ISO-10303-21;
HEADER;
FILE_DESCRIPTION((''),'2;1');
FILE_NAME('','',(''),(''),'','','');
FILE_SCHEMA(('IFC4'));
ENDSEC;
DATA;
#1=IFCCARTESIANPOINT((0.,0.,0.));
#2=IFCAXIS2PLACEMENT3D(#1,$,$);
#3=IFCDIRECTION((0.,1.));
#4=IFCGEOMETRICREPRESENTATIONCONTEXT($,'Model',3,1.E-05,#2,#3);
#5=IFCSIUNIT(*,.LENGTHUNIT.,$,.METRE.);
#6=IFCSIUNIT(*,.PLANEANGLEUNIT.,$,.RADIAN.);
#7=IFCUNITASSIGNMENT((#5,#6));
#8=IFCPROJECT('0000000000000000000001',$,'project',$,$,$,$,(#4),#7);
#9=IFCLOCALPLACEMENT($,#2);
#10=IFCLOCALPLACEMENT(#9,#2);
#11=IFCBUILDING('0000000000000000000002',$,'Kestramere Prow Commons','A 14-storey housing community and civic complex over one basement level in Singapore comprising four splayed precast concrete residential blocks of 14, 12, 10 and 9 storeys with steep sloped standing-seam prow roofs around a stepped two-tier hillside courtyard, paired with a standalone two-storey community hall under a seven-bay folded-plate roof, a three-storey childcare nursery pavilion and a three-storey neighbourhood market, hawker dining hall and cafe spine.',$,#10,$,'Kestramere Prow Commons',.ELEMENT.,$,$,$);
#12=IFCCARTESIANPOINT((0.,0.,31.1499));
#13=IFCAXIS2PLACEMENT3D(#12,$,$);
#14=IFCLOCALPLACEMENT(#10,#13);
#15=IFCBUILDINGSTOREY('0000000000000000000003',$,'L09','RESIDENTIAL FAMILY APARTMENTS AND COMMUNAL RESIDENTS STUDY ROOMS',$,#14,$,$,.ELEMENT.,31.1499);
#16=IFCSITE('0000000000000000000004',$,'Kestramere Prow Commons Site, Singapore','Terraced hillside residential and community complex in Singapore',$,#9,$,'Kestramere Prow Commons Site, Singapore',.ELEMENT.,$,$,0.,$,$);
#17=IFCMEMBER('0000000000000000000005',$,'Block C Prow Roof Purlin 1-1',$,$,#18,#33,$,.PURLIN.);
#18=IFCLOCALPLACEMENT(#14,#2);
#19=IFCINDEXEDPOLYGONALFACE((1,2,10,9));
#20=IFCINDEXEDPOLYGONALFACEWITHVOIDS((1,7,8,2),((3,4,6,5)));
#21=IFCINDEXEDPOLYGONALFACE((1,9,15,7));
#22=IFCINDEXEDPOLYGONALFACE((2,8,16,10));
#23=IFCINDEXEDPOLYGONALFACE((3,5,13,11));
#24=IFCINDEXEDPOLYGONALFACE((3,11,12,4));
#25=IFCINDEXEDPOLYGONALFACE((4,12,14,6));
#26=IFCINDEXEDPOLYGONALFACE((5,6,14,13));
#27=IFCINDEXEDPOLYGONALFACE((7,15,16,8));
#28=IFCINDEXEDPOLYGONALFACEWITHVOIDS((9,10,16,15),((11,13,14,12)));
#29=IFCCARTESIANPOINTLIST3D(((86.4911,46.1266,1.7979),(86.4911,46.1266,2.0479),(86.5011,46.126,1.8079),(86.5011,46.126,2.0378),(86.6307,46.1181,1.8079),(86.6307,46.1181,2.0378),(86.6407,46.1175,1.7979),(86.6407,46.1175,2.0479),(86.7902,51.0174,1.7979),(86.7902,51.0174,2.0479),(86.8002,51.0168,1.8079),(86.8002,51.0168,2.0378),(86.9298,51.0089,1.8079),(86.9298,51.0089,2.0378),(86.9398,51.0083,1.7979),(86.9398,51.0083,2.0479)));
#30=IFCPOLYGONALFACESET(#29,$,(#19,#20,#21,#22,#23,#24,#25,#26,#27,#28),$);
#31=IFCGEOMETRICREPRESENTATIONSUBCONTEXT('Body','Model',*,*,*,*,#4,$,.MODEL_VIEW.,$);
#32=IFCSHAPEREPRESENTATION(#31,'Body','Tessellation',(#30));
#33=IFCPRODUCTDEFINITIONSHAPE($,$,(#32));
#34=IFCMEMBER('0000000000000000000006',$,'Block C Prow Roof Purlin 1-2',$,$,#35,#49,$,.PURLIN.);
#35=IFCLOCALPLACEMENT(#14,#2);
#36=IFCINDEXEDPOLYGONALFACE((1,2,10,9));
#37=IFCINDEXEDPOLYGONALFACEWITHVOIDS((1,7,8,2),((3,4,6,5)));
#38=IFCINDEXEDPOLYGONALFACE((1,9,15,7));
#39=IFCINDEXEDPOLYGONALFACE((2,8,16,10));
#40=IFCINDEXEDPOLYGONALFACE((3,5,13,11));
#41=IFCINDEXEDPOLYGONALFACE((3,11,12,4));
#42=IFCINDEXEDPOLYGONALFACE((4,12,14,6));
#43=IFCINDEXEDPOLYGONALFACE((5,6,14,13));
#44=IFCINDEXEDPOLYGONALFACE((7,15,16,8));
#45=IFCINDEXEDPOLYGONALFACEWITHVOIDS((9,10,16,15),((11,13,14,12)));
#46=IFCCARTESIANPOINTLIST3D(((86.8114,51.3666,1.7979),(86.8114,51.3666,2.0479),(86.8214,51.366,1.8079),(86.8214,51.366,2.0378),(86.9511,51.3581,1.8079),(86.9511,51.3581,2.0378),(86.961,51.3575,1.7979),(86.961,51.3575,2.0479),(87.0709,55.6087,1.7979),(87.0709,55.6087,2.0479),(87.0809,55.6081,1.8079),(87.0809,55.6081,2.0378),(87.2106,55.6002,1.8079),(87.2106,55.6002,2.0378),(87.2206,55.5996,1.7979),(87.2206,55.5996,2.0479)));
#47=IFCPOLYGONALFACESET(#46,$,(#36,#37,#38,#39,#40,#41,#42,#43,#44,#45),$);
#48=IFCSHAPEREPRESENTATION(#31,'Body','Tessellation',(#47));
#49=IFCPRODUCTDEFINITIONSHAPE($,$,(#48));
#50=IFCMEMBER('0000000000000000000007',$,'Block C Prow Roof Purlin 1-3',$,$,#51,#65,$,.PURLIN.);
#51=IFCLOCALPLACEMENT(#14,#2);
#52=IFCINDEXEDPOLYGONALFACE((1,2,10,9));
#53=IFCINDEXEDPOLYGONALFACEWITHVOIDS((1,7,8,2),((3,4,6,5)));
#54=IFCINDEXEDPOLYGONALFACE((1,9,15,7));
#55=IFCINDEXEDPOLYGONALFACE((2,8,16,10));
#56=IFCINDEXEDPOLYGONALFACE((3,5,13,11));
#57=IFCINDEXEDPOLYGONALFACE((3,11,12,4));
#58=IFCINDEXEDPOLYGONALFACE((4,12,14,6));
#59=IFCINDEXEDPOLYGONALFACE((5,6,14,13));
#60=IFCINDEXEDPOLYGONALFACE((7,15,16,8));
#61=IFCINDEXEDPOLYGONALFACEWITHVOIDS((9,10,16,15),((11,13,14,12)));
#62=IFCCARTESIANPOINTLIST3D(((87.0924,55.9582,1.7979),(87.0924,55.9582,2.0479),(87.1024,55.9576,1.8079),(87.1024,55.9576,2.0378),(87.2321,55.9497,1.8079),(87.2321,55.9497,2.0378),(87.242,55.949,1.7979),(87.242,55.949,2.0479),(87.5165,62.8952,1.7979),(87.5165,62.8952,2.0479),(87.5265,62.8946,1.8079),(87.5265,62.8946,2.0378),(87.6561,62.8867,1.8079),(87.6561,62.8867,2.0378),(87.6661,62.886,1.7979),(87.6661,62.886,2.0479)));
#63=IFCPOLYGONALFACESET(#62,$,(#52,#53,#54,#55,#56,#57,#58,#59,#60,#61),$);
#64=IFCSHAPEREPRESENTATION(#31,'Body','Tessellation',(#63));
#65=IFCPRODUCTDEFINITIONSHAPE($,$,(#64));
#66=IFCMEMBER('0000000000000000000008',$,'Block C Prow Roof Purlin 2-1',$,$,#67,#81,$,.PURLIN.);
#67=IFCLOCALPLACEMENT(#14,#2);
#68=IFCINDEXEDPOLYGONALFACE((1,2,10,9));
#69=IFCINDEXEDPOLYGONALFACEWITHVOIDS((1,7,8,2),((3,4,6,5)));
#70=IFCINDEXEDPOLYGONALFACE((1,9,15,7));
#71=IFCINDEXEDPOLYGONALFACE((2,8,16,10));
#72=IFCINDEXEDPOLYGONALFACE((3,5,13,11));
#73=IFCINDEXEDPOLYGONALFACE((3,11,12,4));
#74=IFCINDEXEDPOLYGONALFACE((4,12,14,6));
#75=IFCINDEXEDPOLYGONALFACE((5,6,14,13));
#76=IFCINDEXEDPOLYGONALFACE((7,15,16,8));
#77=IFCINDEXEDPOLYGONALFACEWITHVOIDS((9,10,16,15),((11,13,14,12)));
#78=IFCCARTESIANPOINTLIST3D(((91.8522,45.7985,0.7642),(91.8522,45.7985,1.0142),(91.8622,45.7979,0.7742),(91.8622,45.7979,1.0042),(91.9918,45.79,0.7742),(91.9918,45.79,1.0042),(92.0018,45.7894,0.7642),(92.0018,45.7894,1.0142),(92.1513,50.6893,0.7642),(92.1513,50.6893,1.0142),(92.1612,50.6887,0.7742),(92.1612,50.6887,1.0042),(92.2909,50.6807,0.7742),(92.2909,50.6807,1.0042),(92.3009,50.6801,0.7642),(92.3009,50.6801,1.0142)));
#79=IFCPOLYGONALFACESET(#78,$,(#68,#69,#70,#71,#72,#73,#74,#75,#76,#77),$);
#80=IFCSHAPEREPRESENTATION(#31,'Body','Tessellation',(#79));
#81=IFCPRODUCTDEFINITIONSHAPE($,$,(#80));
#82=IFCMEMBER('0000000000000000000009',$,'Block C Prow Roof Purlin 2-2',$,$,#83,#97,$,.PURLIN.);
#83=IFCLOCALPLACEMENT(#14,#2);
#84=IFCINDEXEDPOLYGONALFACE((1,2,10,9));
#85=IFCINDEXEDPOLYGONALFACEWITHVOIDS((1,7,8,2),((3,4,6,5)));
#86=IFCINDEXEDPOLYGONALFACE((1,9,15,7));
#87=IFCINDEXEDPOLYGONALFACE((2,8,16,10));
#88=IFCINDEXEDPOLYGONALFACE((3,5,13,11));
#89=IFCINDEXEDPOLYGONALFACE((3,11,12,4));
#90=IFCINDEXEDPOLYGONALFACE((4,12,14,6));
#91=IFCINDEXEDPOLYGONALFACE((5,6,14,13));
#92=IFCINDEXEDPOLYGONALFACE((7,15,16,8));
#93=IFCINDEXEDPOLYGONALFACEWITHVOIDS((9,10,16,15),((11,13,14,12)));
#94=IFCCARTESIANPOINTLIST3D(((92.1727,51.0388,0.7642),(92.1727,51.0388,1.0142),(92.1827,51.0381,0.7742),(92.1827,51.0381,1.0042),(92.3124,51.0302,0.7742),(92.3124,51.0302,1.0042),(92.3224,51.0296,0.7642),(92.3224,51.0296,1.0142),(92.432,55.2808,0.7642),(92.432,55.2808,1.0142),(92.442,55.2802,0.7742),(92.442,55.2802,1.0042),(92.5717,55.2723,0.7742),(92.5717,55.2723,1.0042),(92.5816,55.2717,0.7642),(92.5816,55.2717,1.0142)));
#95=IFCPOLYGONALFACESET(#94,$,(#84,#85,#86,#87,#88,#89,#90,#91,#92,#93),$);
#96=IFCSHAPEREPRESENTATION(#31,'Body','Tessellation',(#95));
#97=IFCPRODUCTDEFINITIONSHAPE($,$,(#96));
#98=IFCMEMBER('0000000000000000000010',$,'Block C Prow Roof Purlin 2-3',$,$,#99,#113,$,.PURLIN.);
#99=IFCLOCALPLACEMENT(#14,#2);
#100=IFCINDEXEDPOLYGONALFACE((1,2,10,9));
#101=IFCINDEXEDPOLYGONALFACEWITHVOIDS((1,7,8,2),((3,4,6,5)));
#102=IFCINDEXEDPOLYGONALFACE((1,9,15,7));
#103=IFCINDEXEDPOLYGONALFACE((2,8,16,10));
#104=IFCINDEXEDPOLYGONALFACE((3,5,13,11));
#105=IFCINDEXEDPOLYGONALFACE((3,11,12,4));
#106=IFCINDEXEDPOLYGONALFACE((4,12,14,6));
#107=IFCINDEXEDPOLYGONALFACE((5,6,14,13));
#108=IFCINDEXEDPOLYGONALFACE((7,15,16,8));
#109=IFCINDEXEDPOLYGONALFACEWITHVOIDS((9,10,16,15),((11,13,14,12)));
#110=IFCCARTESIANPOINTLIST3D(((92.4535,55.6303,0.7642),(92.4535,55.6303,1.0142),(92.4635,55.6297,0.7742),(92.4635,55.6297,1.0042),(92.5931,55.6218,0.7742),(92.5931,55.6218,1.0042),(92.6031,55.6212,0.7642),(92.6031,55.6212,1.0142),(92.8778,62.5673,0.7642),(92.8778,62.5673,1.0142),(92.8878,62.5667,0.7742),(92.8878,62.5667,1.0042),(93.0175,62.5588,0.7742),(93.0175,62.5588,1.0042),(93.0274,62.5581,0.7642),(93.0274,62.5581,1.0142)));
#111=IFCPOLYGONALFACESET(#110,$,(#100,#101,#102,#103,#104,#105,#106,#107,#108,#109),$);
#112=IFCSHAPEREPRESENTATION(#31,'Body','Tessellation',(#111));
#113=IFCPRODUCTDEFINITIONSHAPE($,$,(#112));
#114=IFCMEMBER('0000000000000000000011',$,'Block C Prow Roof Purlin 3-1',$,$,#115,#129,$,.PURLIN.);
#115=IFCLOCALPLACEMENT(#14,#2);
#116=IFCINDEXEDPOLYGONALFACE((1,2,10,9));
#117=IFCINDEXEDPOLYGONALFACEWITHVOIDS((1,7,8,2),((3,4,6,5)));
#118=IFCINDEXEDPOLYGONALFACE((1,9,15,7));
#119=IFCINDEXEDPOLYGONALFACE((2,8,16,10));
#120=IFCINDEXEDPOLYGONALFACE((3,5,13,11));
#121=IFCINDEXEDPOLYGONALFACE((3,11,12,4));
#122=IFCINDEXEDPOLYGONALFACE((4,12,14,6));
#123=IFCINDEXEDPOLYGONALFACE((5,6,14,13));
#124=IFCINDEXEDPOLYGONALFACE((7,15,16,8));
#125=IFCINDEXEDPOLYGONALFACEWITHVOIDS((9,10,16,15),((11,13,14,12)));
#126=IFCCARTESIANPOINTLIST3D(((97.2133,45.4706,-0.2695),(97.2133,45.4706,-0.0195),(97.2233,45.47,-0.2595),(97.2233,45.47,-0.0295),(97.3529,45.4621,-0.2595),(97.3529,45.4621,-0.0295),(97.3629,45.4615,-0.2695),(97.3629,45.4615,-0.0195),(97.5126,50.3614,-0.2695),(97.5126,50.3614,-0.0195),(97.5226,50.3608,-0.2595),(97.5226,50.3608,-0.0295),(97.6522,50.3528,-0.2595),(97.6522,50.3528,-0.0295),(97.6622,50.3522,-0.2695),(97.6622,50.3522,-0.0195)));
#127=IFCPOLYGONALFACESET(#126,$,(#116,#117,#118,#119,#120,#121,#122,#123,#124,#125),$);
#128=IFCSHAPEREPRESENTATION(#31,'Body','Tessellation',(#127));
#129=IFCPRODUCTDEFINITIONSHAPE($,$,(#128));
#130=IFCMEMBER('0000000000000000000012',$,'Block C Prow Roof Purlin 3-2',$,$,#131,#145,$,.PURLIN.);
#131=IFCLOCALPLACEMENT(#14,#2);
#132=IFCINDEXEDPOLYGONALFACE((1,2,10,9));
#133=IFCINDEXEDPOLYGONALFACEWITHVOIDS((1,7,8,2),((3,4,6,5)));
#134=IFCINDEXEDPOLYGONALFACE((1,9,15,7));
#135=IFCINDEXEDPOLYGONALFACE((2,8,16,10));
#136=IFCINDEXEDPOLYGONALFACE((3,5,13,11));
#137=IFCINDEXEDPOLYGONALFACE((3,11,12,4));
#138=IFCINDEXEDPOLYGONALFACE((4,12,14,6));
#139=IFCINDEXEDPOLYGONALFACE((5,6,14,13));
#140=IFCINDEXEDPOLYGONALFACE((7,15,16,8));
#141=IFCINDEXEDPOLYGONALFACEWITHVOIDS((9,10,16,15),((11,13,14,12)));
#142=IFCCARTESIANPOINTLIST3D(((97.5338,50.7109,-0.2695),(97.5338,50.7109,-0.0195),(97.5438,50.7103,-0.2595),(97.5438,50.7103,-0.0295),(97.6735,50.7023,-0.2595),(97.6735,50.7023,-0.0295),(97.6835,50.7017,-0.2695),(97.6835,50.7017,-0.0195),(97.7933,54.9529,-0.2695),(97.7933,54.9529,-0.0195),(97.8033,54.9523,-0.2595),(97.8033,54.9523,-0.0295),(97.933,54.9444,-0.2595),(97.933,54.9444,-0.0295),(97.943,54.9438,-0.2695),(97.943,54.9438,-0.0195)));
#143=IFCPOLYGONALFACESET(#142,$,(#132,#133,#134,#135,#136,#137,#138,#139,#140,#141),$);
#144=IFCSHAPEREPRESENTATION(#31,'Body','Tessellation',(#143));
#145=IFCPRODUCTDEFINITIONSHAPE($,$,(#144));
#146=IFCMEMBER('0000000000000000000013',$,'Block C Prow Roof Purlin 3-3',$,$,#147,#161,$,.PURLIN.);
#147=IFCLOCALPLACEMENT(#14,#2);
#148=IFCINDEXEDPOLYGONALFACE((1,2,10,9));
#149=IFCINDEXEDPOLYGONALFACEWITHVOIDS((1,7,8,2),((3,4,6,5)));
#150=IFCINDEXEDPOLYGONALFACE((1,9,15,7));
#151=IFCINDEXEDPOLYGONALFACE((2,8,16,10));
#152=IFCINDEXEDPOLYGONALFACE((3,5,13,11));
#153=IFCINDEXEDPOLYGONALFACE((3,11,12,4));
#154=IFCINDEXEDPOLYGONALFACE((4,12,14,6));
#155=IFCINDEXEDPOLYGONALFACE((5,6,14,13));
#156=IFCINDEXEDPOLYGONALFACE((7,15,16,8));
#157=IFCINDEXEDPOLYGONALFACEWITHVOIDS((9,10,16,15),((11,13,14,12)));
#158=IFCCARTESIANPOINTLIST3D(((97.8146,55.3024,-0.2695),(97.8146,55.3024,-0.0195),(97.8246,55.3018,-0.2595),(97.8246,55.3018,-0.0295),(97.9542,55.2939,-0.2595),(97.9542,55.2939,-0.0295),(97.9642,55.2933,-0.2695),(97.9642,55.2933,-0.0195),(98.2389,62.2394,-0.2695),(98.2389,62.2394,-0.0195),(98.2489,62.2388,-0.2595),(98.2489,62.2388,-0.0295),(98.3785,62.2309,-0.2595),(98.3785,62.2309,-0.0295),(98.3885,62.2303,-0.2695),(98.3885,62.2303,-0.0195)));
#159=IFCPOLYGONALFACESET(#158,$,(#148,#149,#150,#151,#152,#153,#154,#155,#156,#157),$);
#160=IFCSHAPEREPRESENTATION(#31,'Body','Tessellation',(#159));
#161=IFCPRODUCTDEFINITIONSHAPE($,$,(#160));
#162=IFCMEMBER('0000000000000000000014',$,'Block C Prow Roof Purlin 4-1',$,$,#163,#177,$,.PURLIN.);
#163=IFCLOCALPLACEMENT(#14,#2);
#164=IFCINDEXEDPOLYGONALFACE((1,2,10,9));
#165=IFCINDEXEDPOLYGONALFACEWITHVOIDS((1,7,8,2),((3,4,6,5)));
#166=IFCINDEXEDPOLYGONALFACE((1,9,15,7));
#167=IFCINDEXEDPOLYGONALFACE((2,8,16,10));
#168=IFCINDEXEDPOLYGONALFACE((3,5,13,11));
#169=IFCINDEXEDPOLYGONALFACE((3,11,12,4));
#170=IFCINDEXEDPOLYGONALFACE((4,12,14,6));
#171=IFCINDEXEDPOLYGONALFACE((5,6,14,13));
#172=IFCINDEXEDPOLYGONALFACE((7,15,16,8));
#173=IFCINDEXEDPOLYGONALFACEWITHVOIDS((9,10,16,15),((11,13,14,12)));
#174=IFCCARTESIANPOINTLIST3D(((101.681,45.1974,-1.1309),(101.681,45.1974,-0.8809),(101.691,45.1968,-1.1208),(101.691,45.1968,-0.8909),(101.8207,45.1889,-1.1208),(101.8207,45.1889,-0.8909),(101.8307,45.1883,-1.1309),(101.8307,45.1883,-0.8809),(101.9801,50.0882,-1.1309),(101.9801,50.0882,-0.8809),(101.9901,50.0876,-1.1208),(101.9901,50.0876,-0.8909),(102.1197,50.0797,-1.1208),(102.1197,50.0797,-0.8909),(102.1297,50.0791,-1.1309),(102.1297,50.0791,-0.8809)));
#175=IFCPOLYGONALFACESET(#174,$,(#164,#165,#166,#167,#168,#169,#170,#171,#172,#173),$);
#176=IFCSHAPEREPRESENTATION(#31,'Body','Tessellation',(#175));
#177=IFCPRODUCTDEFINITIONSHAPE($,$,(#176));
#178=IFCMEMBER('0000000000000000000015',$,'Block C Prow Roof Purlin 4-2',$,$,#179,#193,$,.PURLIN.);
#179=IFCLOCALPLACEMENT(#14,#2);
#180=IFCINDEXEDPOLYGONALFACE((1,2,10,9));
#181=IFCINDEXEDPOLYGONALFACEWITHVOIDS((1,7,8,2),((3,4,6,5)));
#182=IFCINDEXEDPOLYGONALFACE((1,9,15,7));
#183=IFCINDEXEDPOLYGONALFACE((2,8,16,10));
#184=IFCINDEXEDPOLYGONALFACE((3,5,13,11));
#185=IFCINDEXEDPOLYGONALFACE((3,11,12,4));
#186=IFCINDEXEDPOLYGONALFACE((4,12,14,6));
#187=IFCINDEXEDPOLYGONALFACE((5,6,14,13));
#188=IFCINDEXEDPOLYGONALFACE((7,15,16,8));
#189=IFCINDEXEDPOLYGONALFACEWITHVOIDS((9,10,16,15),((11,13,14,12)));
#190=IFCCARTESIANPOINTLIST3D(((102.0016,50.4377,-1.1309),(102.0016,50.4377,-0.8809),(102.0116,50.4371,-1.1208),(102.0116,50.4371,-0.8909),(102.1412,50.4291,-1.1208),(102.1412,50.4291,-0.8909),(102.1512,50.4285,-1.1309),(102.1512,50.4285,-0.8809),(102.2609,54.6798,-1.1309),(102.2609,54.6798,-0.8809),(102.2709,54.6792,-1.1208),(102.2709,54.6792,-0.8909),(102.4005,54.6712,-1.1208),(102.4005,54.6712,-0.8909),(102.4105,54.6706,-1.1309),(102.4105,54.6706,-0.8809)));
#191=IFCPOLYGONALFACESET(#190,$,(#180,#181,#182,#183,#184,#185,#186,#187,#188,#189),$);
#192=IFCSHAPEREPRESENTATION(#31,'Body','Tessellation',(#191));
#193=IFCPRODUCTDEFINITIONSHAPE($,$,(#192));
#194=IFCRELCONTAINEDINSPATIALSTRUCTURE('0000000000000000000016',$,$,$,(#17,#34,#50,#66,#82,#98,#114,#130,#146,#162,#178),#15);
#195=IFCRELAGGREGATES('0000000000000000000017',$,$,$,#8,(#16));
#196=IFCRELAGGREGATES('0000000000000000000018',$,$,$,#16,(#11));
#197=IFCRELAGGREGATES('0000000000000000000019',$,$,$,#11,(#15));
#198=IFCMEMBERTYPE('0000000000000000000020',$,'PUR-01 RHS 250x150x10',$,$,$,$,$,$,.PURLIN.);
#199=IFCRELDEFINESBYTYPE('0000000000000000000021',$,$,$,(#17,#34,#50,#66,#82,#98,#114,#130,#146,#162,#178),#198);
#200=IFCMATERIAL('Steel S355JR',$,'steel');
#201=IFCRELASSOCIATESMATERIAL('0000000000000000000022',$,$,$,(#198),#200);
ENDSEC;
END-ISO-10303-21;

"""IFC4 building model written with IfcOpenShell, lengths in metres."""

from ifc_helpers import new_model, si_unit, direction, frame, origin, origin_2d, place, context, subcontext, project, spatial, hollow_rectangle, extrude, material, material_profile, profile_set, type_object, element, save


model = new_model("IFC4")

# Units and contexts
model_context = context("Model", 3, precision=1e-05, world=origin(), true_north=direction((0.0, 1.0)))
body_context = subcontext(model_context, "Body", "Model", "MODEL_VIEW")
ifc_project = project(units=[si_unit("LENGTHUNIT", "METRE"), si_unit("PLANEANGLEUNIT", "RADIAN")], contexts=[model_context])

# Site, building, storey
site_placement = place(None, origin())
site = spatial("IfcSite", under=ifc_project, at=site_placement, Name="Kestramere Prow Commons Site, Singapore", Description="Terraced hillside residential and community complex in Singapore", LongName="Kestramere Prow Commons Site, Singapore", CompositionType="ELEMENT", RefElevation=0.0)
building_placement = place(site_placement, origin())
building = spatial("IfcBuilding", under=site, at=building_placement, Name="Kestramere Prow Commons", Description="A 14-storey housing community and civic complex over one basement level in Singapore comprising four splayed precast concrete residential blocks of 14, 12, 10 and 9 storeys with steep sloped standing-seam prow roofs around a stepped two-tier hillside courtyard, paired with a standalone two-storey community hall under a seven-bay folded-plate roof, a three-storey childcare nursery pavilion and a three-storey neighbourhood market, hawker dining hall and cafe spine.", LongName="Kestramere Prow Commons", CompositionType="ELEMENT")
storey_placement = place(building_placement, frame((0.0, 0.0, 31.1499)))
storey = spatial("IfcBuildingStorey", under=building, at=storey_placement, Name="L09", Description="RESIDENTIAL FAMILY APARTMENTS AND COMMUNAL RESIDENTS STUDY ROOMS", CompositionType="ELEMENT", Elevation=31.1499)

# Members
ifc_material_1 = material(Name="Steel S355JR", Category="steel")
ifc_material_profile = material_profile(ifc_material_1, hollow_rectangle(XDim=0.1499, YDim=0.25, WallThickness=0.01, at=origin_2d()), Name="RHS 250x150x10")
ifc_profile_set = profile_set([ifc_material_profile], Name="Steel S355JR")
member_type = type_object("IfcMemberType", Name="PUR-01 RHS 250x150x10", PredefinedType="PURLIN", material=ifc_profile_set)
member_1_placement = place(storey_placement, frame((86.5659, 46.1221, 1.9229), z_axis=(0.061035, 0.998136, 0.0), x_axis=(-0.998136, 0.061035, 0.0)))
element("IfcMember", 1, at=member_1_placement, inside=storey, type_object=member_type, Name="Block C Prow Roof Purlin 1-1", PredefinedType="PURLIN", context=body_context, shape_type="SweptSolid", body=[
    extrude(hollow_rectangle(XDim=0.1499, YDim=0.25, WallThickness=0.01, at=origin_2d()), origin(), (0.0, 0.0, 1.0), 4.8999),
])
member_2_placement = place(storey_placement, frame((86.8862, 51.3621, 1.9229), z_axis=(0.061062, 0.998134, 0.0), x_axis=(-0.998134, 0.061062, 0.0)))
element("IfcMember", 2, at=member_2_placement, inside=storey, type_object=member_type, Name="Block C Prow Roof Purlin 1-2", PredefinedType="PURLIN", context=body_context, shape_type="SweptSolid", body=[
    extrude(hollow_rectangle(XDim=0.1499, YDim=0.25, WallThickness=0.01, at=origin_2d()), origin(), (0.0, 0.0, 1.0), 4.25),
])
member_3_placement = place(storey_placement, frame((87.1672, 55.9536, 1.9229), z_axis=(0.061018, 0.998137, 0.0), x_axis=(-0.998137, 0.061018, 0.0)))
element("IfcMember", 3, at=member_3_placement, inside=storey, type_object=member_type, Name="Block C Prow Roof Purlin 1-3", PredefinedType="PURLIN", context=body_context, shape_type="SweptSolid", body=[
    extrude(hollow_rectangle(XDim=0.1499, YDim=0.25, WallThickness=0.01, at=origin_2d()), origin(), (0.0, 0.0, 1.0), 6.95),
])
member_4_placement = place(storey_placement, frame((91.927, 45.7939, 0.8892), z_axis=(0.061035, 0.998136, 0.0), x_axis=(-0.998136, 0.061035, 0.0)))
element("IfcMember", 4, at=member_4_placement, inside=storey, type_object=member_type, Name="Block C Prow Roof Purlin 2-1", PredefinedType="PURLIN", context=body_context, shape_type="SweptSolid", body=[
    extrude(hollow_rectangle(XDim=0.1499, YDim=0.25, WallThickness=0.01, at=origin_2d()), origin(), (0.0, 0.0, 1.0), 4.8999),
])
member_5_placement = place(storey_placement, frame((92.2476, 51.0342, 0.8892), z_axis=(0.061005, 0.998137, 0.0), x_axis=(-0.998137, 0.061005, 0.0)))
element("IfcMember", 5, at=member_5_placement, inside=storey, type_object=member_type, Name="Block C Prow Roof Purlin 2-2", PredefinedType="PURLIN", context=body_context, shape_type="SweptSolid", body=[
    extrude(hollow_rectangle(XDim=0.1499, YDim=0.25, WallThickness=0.01, at=origin_2d()), origin(), (0.0, 0.0, 1.0), 4.25),
])
member_6_placement = place(storey_placement, frame((92.5283, 55.6257, 0.8892), z_axis=(0.061053, 0.998135, 0.0), x_axis=(-0.998135, 0.061053, 0.0)))
element("IfcMember", 6, at=member_6_placement, inside=storey, type_object=member_type, Name="Block C Prow Roof Purlin 2-3", PredefinedType="PURLIN", context=body_context, shape_type="SweptSolid", body=[
    extrude(hollow_rectangle(XDim=0.1499, YDim=0.25, WallThickness=0.01, at=origin_2d()), origin(), (0.0, 0.0, 1.0), 6.95),
])
member_7_placement = place(storey_placement, frame((97.2881, 45.4661, -0.1445), z_axis=(0.061085, 0.998133, 0.0), x_axis=(-0.998133, 0.061085, 0.0)))
element("IfcMember", 7, at=member_7_placement, inside=storey, type_object=member_type, Name="Block C Prow Roof Purlin 3-1", PredefinedType="PURLIN", context=body_context, shape_type="SweptSolid", body=[
    extrude(hollow_rectangle(XDim=0.1499, YDim=0.25, WallThickness=0.01, at=origin_2d()), origin(), (0.0, 0.0, 1.0), 4.8999),
])
member_8_placement = place(storey_placement, frame((97.6086, 50.7063, -0.1445), z_axis=(0.061062, 0.998134, 0.0), x_axis=(-0.998134, 0.061062, 0.0)))
element("IfcMember", 8, at=member_8_placement, inside=storey, type_object=member_type, Name="Block C Prow Roof Purlin 3-2", PredefinedType="PURLIN", context=body_context, shape_type="SweptSolid", body=[
    extrude(hollow_rectangle(XDim=0.1499, YDim=0.25, WallThickness=0.01, at=origin_2d()), origin(), (0.0, 0.0, 1.0), 4.25),
])
member_9_placement = place(storey_placement, frame((97.8894, 55.2979, -0.1445), z_axis=(0.061053, 0.998135, 0.0), x_axis=(-0.998135, 0.061053, 0.0)))
element("IfcMember", 9, at=member_9_placement, inside=storey, type_object=member_type, Name="Block C Prow Roof Purlin 3-3", PredefinedType="PURLIN", context=body_context, shape_type="SweptSolid", body=[
    extrude(hollow_rectangle(XDim=0.1499, YDim=0.25, WallThickness=0.01, at=origin_2d()), origin(), (0.0, 0.0, 1.0), 6.95),
])
member_10_placement = place(storey_placement, frame((101.7559, 45.1929, -1.0059), z_axis=(0.061035, 0.998136, 0.0), x_axis=(-0.998136, 0.061035, 0.0)))
element("IfcMember", 10, at=member_10_placement, inside=storey, type_object=member_type, Name="Block C Prow Roof Purlin 4-1", PredefinedType="PURLIN", context=body_context, shape_type="SweptSolid", body=[
    extrude(hollow_rectangle(XDim=0.1499, YDim=0.25, WallThickness=0.01, at=origin_2d()), origin(), (0.0, 0.0, 1.0), 4.8999),
])
member_11_placement = place(storey_placement, frame((102.0764, 50.4331, -1.0059), z_axis=(0.061005, 0.998137, 0.0), x_axis=(-0.998137, 0.061005, 0.0)))
element("IfcMember", 11, at=member_11_placement, inside=storey, type_object=member_type, Name="Block C Prow Roof Purlin 4-2", PredefinedType="PURLIN", context=body_context, shape_type="SweptSolid", body=[
    extrude(hollow_rectangle(XDim=0.1499, YDim=0.25, WallThickness=0.01, at=origin_2d()), origin(), (0.0, 0.0, 1.0), 4.25),
])

save(model, "model.ifc")
